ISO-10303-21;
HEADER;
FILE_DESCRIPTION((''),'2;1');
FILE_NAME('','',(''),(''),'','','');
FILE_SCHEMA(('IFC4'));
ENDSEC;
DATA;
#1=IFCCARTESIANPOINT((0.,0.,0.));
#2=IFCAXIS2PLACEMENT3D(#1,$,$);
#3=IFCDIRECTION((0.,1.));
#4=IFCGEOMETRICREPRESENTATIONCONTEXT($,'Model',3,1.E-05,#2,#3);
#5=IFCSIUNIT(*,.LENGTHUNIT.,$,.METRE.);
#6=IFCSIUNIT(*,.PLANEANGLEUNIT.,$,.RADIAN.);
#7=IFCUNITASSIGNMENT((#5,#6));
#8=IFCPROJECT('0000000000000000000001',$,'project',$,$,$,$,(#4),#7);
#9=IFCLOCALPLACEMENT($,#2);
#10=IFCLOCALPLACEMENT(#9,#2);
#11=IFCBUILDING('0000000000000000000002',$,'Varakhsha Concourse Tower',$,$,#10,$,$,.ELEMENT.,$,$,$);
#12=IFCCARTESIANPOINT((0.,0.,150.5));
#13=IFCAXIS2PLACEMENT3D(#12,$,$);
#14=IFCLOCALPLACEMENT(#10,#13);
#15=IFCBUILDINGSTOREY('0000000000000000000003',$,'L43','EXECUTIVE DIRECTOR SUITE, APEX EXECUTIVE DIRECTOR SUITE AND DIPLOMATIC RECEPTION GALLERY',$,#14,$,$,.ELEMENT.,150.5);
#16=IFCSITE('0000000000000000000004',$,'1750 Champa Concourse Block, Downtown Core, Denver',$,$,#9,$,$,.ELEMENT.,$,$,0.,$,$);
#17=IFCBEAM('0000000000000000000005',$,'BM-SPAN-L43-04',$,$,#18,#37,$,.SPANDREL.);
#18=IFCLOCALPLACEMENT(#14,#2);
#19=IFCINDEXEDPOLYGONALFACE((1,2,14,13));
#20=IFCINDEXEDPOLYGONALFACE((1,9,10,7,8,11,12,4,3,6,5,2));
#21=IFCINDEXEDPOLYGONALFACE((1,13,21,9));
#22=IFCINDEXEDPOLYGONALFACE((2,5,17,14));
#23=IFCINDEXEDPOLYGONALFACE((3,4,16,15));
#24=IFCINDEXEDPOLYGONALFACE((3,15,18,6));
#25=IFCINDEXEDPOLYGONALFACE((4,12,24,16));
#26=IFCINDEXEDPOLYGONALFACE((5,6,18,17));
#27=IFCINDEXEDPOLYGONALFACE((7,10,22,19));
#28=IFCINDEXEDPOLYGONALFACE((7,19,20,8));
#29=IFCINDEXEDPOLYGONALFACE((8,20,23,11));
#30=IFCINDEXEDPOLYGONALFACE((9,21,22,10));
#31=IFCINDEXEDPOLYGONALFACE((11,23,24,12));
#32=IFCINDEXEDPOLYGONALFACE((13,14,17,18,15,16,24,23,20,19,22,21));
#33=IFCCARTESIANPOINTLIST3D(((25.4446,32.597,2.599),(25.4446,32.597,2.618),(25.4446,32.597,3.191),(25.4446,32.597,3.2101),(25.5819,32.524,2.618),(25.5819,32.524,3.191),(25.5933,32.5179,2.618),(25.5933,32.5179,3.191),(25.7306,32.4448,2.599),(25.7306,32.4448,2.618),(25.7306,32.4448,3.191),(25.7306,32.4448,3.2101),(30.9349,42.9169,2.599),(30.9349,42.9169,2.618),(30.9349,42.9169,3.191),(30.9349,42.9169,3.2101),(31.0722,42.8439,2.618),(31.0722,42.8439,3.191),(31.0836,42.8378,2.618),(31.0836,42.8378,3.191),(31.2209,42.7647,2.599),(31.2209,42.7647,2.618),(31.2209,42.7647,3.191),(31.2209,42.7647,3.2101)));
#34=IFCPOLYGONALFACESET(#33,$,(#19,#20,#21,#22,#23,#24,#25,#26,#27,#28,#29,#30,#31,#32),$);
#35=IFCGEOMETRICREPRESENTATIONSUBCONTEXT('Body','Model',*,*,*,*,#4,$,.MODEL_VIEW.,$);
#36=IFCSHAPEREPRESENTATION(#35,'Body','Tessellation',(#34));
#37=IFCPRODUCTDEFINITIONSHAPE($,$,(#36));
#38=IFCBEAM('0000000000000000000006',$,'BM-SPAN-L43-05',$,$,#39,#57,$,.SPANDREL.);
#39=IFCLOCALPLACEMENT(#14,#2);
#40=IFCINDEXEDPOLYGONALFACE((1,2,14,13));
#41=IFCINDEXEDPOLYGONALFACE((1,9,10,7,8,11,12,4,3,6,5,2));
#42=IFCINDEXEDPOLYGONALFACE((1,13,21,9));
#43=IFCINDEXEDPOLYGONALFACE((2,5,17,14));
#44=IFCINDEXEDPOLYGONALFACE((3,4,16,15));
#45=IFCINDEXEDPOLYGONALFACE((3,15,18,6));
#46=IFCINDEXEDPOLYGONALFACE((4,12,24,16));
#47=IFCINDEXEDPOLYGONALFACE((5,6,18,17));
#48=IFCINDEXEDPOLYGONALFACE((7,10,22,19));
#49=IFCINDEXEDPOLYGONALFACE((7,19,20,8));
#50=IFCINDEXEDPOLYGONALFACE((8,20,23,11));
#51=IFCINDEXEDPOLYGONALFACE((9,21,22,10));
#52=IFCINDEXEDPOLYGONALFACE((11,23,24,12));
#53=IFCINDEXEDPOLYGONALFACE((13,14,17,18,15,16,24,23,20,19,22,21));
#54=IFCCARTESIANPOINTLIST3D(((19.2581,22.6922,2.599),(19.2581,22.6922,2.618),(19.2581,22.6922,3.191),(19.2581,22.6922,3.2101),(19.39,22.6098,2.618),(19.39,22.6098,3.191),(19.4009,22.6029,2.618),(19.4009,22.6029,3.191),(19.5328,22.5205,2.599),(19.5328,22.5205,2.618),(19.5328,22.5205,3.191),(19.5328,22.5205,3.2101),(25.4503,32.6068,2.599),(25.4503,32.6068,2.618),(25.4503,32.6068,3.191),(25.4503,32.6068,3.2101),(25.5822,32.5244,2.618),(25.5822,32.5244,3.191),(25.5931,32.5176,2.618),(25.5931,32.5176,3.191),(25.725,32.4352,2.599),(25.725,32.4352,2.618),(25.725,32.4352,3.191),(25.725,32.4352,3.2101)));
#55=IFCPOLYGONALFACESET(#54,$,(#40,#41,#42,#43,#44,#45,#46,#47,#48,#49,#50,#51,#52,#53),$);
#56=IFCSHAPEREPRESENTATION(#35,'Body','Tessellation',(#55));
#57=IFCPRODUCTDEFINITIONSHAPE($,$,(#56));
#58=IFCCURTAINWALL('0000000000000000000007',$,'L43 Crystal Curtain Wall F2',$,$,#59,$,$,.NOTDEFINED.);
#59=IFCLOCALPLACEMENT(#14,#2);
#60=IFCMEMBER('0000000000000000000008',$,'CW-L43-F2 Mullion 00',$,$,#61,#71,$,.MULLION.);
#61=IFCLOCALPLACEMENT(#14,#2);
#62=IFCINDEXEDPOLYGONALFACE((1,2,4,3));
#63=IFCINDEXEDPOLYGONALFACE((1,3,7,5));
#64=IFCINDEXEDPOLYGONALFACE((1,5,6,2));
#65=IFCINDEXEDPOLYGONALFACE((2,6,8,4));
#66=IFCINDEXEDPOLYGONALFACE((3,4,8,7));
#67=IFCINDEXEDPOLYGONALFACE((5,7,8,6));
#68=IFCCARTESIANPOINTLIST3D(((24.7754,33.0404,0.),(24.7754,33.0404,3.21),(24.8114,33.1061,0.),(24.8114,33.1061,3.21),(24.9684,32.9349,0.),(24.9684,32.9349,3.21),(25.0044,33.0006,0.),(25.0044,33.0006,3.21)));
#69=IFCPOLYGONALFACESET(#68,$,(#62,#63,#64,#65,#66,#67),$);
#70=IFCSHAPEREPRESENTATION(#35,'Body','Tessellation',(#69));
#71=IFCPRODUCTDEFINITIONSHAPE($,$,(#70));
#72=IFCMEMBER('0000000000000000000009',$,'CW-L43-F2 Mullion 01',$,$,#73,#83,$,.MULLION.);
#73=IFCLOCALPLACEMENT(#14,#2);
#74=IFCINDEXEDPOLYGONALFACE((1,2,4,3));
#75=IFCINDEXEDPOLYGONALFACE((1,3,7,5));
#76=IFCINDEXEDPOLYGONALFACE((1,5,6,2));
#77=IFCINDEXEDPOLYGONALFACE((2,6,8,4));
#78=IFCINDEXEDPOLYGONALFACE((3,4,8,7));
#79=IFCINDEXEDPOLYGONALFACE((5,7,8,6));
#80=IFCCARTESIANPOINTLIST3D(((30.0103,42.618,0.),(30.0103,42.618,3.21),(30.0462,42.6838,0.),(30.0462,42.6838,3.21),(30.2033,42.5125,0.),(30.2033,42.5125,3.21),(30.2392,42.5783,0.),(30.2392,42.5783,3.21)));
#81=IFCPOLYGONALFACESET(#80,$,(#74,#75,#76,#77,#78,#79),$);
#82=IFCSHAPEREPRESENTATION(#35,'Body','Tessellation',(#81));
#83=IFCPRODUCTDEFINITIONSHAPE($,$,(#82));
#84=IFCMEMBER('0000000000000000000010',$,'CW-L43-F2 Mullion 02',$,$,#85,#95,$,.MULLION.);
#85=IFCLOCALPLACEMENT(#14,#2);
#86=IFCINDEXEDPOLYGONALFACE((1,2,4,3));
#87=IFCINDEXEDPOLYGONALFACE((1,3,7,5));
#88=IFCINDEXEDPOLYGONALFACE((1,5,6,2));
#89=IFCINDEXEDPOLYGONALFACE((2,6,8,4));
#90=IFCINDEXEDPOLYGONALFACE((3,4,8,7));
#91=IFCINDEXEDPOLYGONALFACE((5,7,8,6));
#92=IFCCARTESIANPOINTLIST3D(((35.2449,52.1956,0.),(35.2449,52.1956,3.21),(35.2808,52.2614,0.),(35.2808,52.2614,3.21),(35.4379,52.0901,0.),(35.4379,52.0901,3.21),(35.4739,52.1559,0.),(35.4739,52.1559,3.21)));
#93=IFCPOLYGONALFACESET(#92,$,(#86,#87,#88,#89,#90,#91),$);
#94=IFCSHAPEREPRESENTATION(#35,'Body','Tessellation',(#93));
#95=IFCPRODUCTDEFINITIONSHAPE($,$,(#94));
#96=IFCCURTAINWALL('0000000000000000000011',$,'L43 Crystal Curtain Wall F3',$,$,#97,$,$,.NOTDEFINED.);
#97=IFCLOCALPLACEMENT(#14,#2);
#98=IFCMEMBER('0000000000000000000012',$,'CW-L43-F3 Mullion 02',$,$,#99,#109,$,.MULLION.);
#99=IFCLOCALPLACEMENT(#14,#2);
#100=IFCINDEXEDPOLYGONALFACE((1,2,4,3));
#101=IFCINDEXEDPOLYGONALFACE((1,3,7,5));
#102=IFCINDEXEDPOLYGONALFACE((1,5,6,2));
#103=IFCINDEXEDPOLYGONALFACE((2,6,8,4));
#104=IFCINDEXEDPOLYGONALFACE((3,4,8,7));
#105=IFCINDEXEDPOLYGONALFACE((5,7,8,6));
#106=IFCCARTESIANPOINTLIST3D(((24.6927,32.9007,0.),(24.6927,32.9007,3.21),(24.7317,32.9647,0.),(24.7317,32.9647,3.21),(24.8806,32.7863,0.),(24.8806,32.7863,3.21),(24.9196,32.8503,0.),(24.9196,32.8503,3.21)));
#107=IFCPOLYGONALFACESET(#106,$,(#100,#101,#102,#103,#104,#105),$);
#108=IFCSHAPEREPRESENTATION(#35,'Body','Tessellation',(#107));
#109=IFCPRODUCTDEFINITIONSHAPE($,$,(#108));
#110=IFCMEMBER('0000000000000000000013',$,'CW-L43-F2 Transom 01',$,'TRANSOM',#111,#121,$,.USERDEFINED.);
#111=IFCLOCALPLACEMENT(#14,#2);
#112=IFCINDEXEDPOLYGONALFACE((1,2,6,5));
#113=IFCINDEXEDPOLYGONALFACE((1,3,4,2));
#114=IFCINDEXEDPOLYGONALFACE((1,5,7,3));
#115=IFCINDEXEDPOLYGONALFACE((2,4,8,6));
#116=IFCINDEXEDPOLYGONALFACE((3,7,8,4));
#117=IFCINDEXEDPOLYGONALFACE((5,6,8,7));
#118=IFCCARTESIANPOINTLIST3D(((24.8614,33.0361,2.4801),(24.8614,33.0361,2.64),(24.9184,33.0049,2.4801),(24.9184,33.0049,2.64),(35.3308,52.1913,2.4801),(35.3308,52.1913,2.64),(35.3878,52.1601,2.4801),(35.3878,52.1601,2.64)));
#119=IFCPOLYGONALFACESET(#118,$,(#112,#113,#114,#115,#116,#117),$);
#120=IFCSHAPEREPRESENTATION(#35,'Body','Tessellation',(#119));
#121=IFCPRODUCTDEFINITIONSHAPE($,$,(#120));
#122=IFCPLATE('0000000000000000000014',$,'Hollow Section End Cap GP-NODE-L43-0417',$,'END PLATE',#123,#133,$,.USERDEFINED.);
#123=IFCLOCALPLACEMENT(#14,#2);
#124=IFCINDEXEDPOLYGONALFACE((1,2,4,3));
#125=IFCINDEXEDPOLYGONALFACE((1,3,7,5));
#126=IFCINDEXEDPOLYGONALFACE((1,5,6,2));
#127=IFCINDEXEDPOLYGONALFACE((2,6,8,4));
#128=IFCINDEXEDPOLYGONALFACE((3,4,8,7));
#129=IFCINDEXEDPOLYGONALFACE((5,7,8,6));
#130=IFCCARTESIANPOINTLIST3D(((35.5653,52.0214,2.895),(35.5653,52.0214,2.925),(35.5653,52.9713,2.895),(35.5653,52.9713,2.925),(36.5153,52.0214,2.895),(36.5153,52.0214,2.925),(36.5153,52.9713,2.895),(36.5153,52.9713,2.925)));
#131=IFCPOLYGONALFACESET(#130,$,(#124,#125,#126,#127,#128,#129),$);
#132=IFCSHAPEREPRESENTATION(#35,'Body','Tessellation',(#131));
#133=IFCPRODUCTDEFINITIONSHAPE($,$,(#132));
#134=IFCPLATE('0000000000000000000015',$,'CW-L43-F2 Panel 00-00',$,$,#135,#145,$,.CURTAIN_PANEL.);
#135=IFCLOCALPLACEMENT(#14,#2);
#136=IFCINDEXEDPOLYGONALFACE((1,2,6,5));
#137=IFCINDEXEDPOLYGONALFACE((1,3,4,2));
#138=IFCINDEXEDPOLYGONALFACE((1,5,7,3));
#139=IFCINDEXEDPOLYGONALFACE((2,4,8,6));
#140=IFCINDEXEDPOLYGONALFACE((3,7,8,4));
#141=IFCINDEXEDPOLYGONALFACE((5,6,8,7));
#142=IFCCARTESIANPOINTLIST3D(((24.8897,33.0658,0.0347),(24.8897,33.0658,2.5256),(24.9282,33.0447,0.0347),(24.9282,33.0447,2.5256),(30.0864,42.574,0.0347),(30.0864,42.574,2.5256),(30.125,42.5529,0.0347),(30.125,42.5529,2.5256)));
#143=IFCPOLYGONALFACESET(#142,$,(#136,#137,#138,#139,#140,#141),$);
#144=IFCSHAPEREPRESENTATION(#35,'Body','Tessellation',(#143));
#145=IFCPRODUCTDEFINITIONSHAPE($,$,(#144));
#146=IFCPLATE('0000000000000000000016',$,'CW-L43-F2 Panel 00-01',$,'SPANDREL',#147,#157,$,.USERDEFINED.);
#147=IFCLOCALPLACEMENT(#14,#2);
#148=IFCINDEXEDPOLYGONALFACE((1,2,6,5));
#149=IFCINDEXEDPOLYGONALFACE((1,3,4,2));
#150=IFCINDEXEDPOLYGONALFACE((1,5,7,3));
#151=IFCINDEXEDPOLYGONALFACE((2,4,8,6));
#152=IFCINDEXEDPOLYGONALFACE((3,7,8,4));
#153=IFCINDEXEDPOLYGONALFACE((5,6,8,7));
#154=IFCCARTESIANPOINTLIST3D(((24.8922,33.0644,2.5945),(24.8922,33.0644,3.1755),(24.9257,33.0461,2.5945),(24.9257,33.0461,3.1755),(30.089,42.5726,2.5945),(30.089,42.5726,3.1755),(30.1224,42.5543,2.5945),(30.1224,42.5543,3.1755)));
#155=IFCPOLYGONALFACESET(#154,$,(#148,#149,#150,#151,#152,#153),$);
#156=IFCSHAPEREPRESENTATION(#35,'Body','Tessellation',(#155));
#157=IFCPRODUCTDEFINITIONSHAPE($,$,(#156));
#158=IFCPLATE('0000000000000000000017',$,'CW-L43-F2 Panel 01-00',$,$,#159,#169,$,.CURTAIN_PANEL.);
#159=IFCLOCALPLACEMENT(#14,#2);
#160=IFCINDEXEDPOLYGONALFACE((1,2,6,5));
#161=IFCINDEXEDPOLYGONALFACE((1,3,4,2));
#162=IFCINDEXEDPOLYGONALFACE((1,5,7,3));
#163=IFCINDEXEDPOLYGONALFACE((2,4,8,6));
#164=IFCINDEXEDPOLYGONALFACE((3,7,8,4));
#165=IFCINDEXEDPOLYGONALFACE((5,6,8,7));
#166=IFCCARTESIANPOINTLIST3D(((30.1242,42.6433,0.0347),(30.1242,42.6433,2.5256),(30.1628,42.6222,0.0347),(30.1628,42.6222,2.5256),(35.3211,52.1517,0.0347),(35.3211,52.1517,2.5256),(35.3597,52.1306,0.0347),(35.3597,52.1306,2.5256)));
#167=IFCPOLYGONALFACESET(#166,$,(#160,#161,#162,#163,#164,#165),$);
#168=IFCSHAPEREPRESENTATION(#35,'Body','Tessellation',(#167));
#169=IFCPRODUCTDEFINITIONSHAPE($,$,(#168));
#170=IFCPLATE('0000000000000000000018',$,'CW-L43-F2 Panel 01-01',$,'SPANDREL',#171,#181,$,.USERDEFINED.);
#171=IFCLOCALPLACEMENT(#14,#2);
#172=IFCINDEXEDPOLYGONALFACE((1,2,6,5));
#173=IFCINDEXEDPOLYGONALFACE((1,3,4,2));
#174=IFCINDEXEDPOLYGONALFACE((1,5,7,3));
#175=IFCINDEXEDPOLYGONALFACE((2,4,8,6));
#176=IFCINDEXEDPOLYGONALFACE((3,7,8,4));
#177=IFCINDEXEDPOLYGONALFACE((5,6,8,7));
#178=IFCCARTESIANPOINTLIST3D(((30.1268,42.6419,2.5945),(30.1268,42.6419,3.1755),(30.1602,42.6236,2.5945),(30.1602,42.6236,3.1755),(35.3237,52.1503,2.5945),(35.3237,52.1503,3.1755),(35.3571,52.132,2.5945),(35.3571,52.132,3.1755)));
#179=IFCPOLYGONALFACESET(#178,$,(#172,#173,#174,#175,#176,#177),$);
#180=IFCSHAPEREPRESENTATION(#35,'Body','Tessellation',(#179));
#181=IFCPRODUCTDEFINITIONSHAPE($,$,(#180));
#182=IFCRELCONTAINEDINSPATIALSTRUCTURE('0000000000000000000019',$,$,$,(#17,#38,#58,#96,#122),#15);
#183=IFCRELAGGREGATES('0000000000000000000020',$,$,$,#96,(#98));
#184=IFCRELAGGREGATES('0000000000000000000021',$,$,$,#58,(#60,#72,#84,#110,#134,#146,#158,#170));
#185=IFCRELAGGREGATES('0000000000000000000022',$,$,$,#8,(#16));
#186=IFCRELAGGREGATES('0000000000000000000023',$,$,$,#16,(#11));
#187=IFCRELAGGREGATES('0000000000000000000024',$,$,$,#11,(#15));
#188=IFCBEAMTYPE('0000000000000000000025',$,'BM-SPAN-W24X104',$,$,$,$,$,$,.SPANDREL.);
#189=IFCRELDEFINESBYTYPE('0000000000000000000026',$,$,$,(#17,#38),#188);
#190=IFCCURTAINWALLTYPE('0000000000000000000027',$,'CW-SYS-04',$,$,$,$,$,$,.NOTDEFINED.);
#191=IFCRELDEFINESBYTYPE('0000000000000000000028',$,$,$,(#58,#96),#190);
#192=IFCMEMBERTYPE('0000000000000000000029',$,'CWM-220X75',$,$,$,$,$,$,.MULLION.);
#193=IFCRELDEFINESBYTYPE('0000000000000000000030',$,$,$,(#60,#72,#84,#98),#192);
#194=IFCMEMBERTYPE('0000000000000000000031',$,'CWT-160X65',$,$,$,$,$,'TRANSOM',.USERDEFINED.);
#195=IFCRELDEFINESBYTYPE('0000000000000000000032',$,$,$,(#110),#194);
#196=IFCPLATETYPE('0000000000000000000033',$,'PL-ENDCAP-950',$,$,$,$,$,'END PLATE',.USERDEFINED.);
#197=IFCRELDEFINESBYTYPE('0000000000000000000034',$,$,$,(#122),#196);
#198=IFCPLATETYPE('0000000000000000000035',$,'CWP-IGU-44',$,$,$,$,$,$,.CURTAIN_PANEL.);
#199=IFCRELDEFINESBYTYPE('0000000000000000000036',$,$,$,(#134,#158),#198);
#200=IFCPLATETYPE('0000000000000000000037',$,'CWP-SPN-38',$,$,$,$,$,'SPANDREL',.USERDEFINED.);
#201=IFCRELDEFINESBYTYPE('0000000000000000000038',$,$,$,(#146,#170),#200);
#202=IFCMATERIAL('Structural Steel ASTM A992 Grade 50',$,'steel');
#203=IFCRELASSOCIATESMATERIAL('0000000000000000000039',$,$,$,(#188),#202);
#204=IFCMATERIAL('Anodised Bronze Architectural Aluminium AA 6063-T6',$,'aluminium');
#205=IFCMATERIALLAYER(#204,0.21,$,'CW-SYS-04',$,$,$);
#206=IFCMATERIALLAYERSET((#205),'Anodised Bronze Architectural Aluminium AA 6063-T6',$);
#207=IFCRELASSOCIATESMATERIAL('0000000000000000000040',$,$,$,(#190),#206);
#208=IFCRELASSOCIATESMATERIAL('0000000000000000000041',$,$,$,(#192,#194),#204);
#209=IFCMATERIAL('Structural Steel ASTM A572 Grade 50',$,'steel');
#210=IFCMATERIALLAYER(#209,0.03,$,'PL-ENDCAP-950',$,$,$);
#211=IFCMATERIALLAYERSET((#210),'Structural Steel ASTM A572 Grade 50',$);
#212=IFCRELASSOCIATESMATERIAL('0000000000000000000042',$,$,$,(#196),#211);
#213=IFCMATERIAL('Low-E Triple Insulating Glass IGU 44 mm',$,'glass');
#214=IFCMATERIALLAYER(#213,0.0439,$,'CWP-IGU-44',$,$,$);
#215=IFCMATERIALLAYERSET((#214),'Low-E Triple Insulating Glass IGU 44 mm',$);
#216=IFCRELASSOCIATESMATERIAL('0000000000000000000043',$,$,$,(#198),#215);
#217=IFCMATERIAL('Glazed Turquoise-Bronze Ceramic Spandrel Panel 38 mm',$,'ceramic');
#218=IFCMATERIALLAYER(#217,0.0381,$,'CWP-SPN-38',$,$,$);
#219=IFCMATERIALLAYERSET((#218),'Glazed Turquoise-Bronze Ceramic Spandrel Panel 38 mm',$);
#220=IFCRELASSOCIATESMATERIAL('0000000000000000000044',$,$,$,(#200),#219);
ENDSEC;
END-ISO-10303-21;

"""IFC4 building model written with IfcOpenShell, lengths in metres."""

from ifc_helpers import new_model, si_unit, direction, frame, origin, origin_2d, place, context, subcontext, project, spatial, rectangle, i_section, extrude, source, transform, mapped, material, layer, layer_set, material_profile, profile_set, type_object, type_shapes, element, aggregate, save


model = new_model("IFC4")

# Units and contexts
model_context = context("Model", 3, precision=1e-05, world=origin(), true_north=direction((0.0, 1.0)))
body_context = subcontext(model_context, "Body", "Model", "MODEL_VIEW")
ifc_project = project(units=[si_unit("LENGTHUNIT", "METRE"), si_unit("PLANEANGLEUNIT", "RADIAN")], contexts=[model_context])

# Site, building, storey
site_placement = place(None, origin())
site = spatial("IfcSite", under=ifc_project, at=site_placement, Name="1750 Champa Concourse Block, Downtown Core, Denver", CompositionType="ELEMENT", RefElevation=0.0)
building_placement = place(site_placement, origin())
building = spatial("IfcBuilding", under=site, at=building_placement, Name="Varakhsha Concourse Tower", CompositionType="ELEMENT")
storey_placement = place(building_placement, frame((0.0, 0.0, 150.5)))
storey = spatial("IfcBuildingStorey", under=building, at=storey_placement, Name="L43", Description="EXECUTIVE DIRECTOR SUITE, APEX EXECUTIVE DIRECTOR SUITE AND DIPLOMATIC RECEPTION GALLERY", CompositionType="ELEMENT", Elevation=150.5)

# Shared definitions
ifc_material_1 = material(Name="Structural Steel ASTM A992 Grade 50", Category="steel")
ifc_material_2 = material(Name="Structural Steel ASTM A572 Grade 50", Category="steel")

# Beams
ifc_material_profile_1 = material_profile(ifc_material_1, i_section(OverallWidth=0.324, OverallDepth=0.6111, WebThickness=0.0129, FlangeThickness=0.019, at=origin_2d()), Name="W24X104")
ifc_profile_set_1 = profile_set([ifc_material_profile_1], Name="Structural Steel ASTM A992 Grade 50")
beam_type_1 = type_object("IfcBeamType", Name="BM-SPAN-W24X104", PredefinedType="SPANDREL", material=ifc_profile_set_1)
for number, where, z_axis, x_axis, name in (
    (1, (31.0779, 42.8408, 2.9045), (-0.469677, -0.882838, 0.0), (0.882838, -0.469677, 0.0), "BM-SPAN-L43-04"),
    (2, (25.5876, 32.521, 2.9045), (-0.529725, -0.84817, 0.0), (0.84817, -0.529725, 0.0), "BM-SPAN-L43-05"),
):
    element("IfcBeam", number, at=place(storey_placement, frame(where, z_axis=z_axis, x_axis=x_axis)), inside=storey, type_object=beam_type_1, Name=name, PredefinedType="SPANDREL", context=body_context, shape_type="SweptSolid", body=[
        extrude(i_section(OverallWidth=0.324, OverallDepth=0.6111, WebThickness=0.0129, FlangeThickness=0.019, at=origin_2d()), origin(), (0.0, 0.0, 1.0), 11.6895),
    ])

# Curtain wall, members
ifc_material_3 = material(Name="Anodised Bronze Architectural Aluminium AA 6063-T6", Category="aluminium")
ifc_layer_1 = layer(ifc_material_3, 0.21, Name="CW-SYS-04")
ifc_layer_set_1 = layer_set([ifc_layer_1], Name="Anodised Bronze Architectural Aluminium AA 6063-T6")
curtain_wall_type = type_object("IfcCurtainWallType", Name="CW-SYS-04", PredefinedType="NOTDEFINED", material=ifc_layer_set_1)
curtain_wall_1_placement = place(storey_placement, origin())
curtain_wall_1 = element("IfcCurtainWall", 3, at=curtain_wall_1_placement, inside=storey, type_object=curtain_wall_type, Name="L43 Crystal Curtain Wall F2", PredefinedType="NOTDEFINED")
ifc_material_profile_2 = material_profile(ifc_material_3, rectangle(XDim=0.075, YDim=0.22, at=origin_2d()), Name="CWM-220X75")
ifc_profile_set_2 = profile_set([ifc_material_profile_2], Name="Anodised Bronze Architectural Aluminium AA 6063-T6")
member_type_1 = type_object("IfcMemberType", Name="CWM-220X75", PredefinedType="MULLION", material=ifc_profile_set_2)
shared_shape_1 = source(origin(), body_context, "Body", "SweptSolid", [
    extrude(rectangle(XDim=0.075, YDim=0.22, at=origin_2d()), origin(), (0.0, 0.0, 1.0), 3.21),
])
type_shapes(member_type_1, [shared_shape_1])
member_1_placement = place(storey_placement, frame((24.8899, 33.0205, 0.0), z_axis=(0.0, 0.0, 1.0), x_axis=(0.479596, 0.87749, 0.0)))
member_1 = element("IfcMember", 4, at=member_1_placement, type_object=member_type_1, Name="CW-L43-F2 Mullion 00", PredefinedType="MULLION", context=body_context, shape_type="MappedRepresentation", body=[
    mapped(shared_shape_1, transform((0.0, 0.0, 0.0), scale=1.0)),
])
member_2_placement = place(storey_placement, frame((30.1248, 42.5981, 0.0), z_axis=(0.0, 0.0, 1.0), x_axis=(0.479596, 0.87749, 0.0)))
member_2 = element("IfcMember", 5, at=member_2_placement, type_object=member_type_1, Name="CW-L43-F2 Mullion 01", PredefinedType="MULLION", context=body_context, shape_type="MappedRepresentation", body=[
    mapped(shared_shape_1, transform((0.0, 0.0, 0.0), scale=1.0)),
])
member_3_placement = place(storey_placement, frame((35.3594, 52.1758, 0.0), z_axis=(0.0, 0.0, 1.0), x_axis=(0.479596, 0.87749, 0.0)))
member_3 = element("IfcMember", 6, at=member_3_placement, type_object=member_type_1, Name="CW-L43-F2 Mullion 02", PredefinedType="MULLION", context=body_context, shape_type="MappedRepresentation", body=[
    mapped(shared_shape_1, transform((0.0, 0.0, 0.0), scale=1.0)),
])

# Curtain wall, member
curtain_wall_2_placement = place(storey_placement, origin())
curtain_wall_2 = element("IfcCurtainWall", 7, at=curtain_wall_2_placement, inside=storey, type_object=curtain_wall_type, Name="L43 Crystal Curtain Wall F3", PredefinedType="NOTDEFINED")
member_4_placement = place(storey_placement, frame((24.8062, 32.8755, 0.0), z_axis=(0.0, 0.0, 1.0), x_axis=(0.520126, 0.85409, 0.0)))
member_4 = element("IfcMember", 8, at=member_4_placement, type_object=member_type_1, Name="CW-L43-F3 Mullion 02", PredefinedType="MULLION", context=body_context, shape_type="MappedRepresentation", body=[
    mapped(shared_shape_1, transform((0.0, 0.0, 0.0), scale=1.0)),
])
aggregate(curtain_wall_2, [member_4])

# Member
ifc_material_profile_3 = material_profile(ifc_material_3, rectangle(XDim=0.0649, YDim=0.1599, at=origin_2d()), Name="CWT-160X65")
ifc_profile_set_3 = profile_set([ifc_material_profile_3], Name="Anodised Bronze Architectural Aluminium AA 6063-T6")
member_type_2 = type_object("IfcMemberType", Name="CWT-160X65", ElementType="TRANSOM", PredefinedType="USERDEFINED", material=ifc_profile_set_3)
shared_shape_2 = source(origin(), body_context, "Body", "SweptSolid", [
    extrude(rectangle(XDim=0.0649, YDim=0.1599, at=origin_2d()), origin(), (0.0, 0.0, 1.0), 21.8296),
])
type_shapes(member_type_2, [shared_shape_2])
member_5_placement = place(storey_placement, frame((24.8899, 33.0205, 2.5601), z_axis=(0.479599, 0.877488, 0.0), x_axis=(-0.877488, 0.479599, 0.0)))
member_5 = element("IfcMember", 9, at=member_5_placement, type_object=member_type_2, Name="CW-L43-F2 Transom 01", ObjectType="TRANSOM", PredefinedType="USERDEFINED", context=body_context, shape_type="MappedRepresentation", body=[
    mapped(shared_shape_2, transform((0.0, 0.0, 0.0), scale=1.0)),
])

# Plates
ifc_layer_2 = layer(ifc_material_2, 0.03, Name="PL-ENDCAP-950")
ifc_layer_set_2 = layer_set([ifc_layer_2], Name="Structural Steel ASTM A572 Grade 50")
plate_type_1 = type_object("IfcPlateType", Name="PL-ENDCAP-950", ElementType="END PLATE", PredefinedType="USERDEFINED", material=ifc_layer_set_2)
shared_shape_3 = source(origin(), body_context, "Body", "SweptSolid", [
    extrude(rectangle(XDim=0.95, YDim=0.95, at=origin_2d()), origin(), (0.0, 0.0, 1.0), 0.03),
])
type_shapes(plate_type_1, [shared_shape_3])
plate_1_placement = place(storey_placement, frame((36.0403, 52.4963, 2.895), z_axis=(0.0, 0.0, 1.0), x_axis=(1.0, 0.0, 0.0)))
element("IfcPlate", 10, at=plate_1_placement, inside=storey, type_object=plate_type_1, Name="Hollow Section End Cap GP-NODE-L43-0417", ObjectType="END PLATE", PredefinedType="USERDEFINED", context=body_context, shape_type="MappedRepresentation", body=[
    mapped(shared_shape_3, transform((0.0, 0.0, 0.0), scale=1.0)),
])
ifc_material_4 = material(Name="Low-E Triple Insulating Glass IGU 44 mm", Category="glass")
ifc_layer_3 = layer(ifc_material_4, 0.0439, Name="CWP-IGU-44")
ifc_layer_set_3 = layer_set([ifc_layer_3], Name="Low-E Triple Insulating Glass IGU 44 mm")
plate_type_2 = type_object("IfcPlateType", Name="CWP-IGU-44", PredefinedType="CURTAIN_PANEL", material=ifc_layer_set_3)
shared_shape_4 = source(origin(), body_context, "Body", "SweptSolid", [
    extrude(rectangle(XDim=10.8357, YDim=0.0439, at=origin_2d()), origin(), (0.0, 0.0, 1.0), 2.491),
])
plate_2_placement = place(storey_placement, frame((27.5073, 37.8093, 0.0347), z_axis=(0.0, 0.0, 1.0), x_axis=(0.479596, 0.87749, 0.0)))
plate_2 = element("IfcPlate", 11, at=plate_2_placement, type_object=plate_type_2, Name="CW-L43-F2 Panel 00-00", PredefinedType="CURTAIN_PANEL", context=body_context, shape_type="MappedRepresentation", body=[
    mapped(shared_shape_4, transform((0.0, 0.0, 0.0), scale=1.0)),
])
ifc_material_5 = material(Name="Glazed Turquoise-Bronze Ceramic Spandrel Panel 38 mm", Category="ceramic")
ifc_layer_4 = layer(ifc_material_5, 0.0381, Name="CWP-SPN-38")
ifc_layer_set_4 = layer_set([ifc_layer_4], Name="Glazed Turquoise-Bronze Ceramic Spandrel Panel 38 mm")
plate_type_3 = type_object("IfcPlateType", Name="CWP-SPN-38", ElementType="SPANDREL", PredefinedType="USERDEFINED", material=ifc_layer_set_4)
shared_shape_5 = source(origin(), body_context, "Body", "SweptSolid", [
    extrude(rectangle(XDim=10.8357, YDim=0.0381, at=origin_2d()), origin(), (0.0, 0.0, 1.0), 0.5811),
])
plate_3_placement = place(storey_placement, frame((27.5073, 37.8093, 2.5945), z_axis=(0.0, 0.0, 1.0), x_axis=(0.479596, 0.87749, 0.0)))
plate_3 = element("IfcPlate", 12, at=plate_3_placement, type_object=plate_type_3, Name="CW-L43-F2 Panel 00-01", ObjectType="SPANDREL", PredefinedType="USERDEFINED", context=body_context, shape_type="MappedRepresentation", body=[
    mapped(shared_shape_5, transform((0.0, 0.0, 0.0), scale=1.0)),
])
shared_shape_6 = source(origin(), body_context, "Body", "SweptSolid", [
    extrude(rectangle(XDim=10.8359, YDim=0.0439, at=origin_2d()), origin(), (0.0, 0.0, 1.0), 2.491),
])
type_shapes(plate_type_2, [shared_shape_4, shared_shape_6])
plate_4_placement = place(storey_placement, frame((32.7419, 47.387, 0.0347), z_axis=(0.0, 0.0, 1.0), x_axis=(0.479596, 0.87749, 0.0)))
plate_4 = element("IfcPlate", 13, at=plate_4_placement, type_object=plate_type_2, Name="CW-L43-F2 Panel 01-00", PredefinedType="CURTAIN_PANEL", context=body_context, shape_type="MappedRepresentation", body=[
    mapped(shared_shape_6, transform((0.0, 0.0, 0.0), scale=1.0)),
])
shared_shape_7 = source(origin(), body_context, "Body", "SweptSolid", [
    extrude(rectangle(XDim=10.8359, YDim=0.0381, at=origin_2d()), origin(), (0.0, 0.0, 1.0), 0.5811),
])
type_shapes(plate_type_3, [shared_shape_5, shared_shape_7])
plate_5_placement = place(storey_placement, frame((32.7419, 47.387, 2.5945), z_axis=(0.0, 0.0, 1.0), x_axis=(0.479596, 0.87749, 0.0)))
plate_5 = element("IfcPlate", 14, at=plate_5_placement, type_object=plate_type_3, Name="CW-L43-F2 Panel 01-01", ObjectType="SPANDREL", PredefinedType="USERDEFINED", context=body_context, shape_type="MappedRepresentation", body=[
    mapped(shared_shape_7, transform((0.0, 0.0, 0.0), scale=1.0)),
])
aggregate(curtain_wall_1, [member_1, member_2, member_3, member_5, plate_2, plate_3, plate_4, plate_5])

save(model, "model.ifc")
